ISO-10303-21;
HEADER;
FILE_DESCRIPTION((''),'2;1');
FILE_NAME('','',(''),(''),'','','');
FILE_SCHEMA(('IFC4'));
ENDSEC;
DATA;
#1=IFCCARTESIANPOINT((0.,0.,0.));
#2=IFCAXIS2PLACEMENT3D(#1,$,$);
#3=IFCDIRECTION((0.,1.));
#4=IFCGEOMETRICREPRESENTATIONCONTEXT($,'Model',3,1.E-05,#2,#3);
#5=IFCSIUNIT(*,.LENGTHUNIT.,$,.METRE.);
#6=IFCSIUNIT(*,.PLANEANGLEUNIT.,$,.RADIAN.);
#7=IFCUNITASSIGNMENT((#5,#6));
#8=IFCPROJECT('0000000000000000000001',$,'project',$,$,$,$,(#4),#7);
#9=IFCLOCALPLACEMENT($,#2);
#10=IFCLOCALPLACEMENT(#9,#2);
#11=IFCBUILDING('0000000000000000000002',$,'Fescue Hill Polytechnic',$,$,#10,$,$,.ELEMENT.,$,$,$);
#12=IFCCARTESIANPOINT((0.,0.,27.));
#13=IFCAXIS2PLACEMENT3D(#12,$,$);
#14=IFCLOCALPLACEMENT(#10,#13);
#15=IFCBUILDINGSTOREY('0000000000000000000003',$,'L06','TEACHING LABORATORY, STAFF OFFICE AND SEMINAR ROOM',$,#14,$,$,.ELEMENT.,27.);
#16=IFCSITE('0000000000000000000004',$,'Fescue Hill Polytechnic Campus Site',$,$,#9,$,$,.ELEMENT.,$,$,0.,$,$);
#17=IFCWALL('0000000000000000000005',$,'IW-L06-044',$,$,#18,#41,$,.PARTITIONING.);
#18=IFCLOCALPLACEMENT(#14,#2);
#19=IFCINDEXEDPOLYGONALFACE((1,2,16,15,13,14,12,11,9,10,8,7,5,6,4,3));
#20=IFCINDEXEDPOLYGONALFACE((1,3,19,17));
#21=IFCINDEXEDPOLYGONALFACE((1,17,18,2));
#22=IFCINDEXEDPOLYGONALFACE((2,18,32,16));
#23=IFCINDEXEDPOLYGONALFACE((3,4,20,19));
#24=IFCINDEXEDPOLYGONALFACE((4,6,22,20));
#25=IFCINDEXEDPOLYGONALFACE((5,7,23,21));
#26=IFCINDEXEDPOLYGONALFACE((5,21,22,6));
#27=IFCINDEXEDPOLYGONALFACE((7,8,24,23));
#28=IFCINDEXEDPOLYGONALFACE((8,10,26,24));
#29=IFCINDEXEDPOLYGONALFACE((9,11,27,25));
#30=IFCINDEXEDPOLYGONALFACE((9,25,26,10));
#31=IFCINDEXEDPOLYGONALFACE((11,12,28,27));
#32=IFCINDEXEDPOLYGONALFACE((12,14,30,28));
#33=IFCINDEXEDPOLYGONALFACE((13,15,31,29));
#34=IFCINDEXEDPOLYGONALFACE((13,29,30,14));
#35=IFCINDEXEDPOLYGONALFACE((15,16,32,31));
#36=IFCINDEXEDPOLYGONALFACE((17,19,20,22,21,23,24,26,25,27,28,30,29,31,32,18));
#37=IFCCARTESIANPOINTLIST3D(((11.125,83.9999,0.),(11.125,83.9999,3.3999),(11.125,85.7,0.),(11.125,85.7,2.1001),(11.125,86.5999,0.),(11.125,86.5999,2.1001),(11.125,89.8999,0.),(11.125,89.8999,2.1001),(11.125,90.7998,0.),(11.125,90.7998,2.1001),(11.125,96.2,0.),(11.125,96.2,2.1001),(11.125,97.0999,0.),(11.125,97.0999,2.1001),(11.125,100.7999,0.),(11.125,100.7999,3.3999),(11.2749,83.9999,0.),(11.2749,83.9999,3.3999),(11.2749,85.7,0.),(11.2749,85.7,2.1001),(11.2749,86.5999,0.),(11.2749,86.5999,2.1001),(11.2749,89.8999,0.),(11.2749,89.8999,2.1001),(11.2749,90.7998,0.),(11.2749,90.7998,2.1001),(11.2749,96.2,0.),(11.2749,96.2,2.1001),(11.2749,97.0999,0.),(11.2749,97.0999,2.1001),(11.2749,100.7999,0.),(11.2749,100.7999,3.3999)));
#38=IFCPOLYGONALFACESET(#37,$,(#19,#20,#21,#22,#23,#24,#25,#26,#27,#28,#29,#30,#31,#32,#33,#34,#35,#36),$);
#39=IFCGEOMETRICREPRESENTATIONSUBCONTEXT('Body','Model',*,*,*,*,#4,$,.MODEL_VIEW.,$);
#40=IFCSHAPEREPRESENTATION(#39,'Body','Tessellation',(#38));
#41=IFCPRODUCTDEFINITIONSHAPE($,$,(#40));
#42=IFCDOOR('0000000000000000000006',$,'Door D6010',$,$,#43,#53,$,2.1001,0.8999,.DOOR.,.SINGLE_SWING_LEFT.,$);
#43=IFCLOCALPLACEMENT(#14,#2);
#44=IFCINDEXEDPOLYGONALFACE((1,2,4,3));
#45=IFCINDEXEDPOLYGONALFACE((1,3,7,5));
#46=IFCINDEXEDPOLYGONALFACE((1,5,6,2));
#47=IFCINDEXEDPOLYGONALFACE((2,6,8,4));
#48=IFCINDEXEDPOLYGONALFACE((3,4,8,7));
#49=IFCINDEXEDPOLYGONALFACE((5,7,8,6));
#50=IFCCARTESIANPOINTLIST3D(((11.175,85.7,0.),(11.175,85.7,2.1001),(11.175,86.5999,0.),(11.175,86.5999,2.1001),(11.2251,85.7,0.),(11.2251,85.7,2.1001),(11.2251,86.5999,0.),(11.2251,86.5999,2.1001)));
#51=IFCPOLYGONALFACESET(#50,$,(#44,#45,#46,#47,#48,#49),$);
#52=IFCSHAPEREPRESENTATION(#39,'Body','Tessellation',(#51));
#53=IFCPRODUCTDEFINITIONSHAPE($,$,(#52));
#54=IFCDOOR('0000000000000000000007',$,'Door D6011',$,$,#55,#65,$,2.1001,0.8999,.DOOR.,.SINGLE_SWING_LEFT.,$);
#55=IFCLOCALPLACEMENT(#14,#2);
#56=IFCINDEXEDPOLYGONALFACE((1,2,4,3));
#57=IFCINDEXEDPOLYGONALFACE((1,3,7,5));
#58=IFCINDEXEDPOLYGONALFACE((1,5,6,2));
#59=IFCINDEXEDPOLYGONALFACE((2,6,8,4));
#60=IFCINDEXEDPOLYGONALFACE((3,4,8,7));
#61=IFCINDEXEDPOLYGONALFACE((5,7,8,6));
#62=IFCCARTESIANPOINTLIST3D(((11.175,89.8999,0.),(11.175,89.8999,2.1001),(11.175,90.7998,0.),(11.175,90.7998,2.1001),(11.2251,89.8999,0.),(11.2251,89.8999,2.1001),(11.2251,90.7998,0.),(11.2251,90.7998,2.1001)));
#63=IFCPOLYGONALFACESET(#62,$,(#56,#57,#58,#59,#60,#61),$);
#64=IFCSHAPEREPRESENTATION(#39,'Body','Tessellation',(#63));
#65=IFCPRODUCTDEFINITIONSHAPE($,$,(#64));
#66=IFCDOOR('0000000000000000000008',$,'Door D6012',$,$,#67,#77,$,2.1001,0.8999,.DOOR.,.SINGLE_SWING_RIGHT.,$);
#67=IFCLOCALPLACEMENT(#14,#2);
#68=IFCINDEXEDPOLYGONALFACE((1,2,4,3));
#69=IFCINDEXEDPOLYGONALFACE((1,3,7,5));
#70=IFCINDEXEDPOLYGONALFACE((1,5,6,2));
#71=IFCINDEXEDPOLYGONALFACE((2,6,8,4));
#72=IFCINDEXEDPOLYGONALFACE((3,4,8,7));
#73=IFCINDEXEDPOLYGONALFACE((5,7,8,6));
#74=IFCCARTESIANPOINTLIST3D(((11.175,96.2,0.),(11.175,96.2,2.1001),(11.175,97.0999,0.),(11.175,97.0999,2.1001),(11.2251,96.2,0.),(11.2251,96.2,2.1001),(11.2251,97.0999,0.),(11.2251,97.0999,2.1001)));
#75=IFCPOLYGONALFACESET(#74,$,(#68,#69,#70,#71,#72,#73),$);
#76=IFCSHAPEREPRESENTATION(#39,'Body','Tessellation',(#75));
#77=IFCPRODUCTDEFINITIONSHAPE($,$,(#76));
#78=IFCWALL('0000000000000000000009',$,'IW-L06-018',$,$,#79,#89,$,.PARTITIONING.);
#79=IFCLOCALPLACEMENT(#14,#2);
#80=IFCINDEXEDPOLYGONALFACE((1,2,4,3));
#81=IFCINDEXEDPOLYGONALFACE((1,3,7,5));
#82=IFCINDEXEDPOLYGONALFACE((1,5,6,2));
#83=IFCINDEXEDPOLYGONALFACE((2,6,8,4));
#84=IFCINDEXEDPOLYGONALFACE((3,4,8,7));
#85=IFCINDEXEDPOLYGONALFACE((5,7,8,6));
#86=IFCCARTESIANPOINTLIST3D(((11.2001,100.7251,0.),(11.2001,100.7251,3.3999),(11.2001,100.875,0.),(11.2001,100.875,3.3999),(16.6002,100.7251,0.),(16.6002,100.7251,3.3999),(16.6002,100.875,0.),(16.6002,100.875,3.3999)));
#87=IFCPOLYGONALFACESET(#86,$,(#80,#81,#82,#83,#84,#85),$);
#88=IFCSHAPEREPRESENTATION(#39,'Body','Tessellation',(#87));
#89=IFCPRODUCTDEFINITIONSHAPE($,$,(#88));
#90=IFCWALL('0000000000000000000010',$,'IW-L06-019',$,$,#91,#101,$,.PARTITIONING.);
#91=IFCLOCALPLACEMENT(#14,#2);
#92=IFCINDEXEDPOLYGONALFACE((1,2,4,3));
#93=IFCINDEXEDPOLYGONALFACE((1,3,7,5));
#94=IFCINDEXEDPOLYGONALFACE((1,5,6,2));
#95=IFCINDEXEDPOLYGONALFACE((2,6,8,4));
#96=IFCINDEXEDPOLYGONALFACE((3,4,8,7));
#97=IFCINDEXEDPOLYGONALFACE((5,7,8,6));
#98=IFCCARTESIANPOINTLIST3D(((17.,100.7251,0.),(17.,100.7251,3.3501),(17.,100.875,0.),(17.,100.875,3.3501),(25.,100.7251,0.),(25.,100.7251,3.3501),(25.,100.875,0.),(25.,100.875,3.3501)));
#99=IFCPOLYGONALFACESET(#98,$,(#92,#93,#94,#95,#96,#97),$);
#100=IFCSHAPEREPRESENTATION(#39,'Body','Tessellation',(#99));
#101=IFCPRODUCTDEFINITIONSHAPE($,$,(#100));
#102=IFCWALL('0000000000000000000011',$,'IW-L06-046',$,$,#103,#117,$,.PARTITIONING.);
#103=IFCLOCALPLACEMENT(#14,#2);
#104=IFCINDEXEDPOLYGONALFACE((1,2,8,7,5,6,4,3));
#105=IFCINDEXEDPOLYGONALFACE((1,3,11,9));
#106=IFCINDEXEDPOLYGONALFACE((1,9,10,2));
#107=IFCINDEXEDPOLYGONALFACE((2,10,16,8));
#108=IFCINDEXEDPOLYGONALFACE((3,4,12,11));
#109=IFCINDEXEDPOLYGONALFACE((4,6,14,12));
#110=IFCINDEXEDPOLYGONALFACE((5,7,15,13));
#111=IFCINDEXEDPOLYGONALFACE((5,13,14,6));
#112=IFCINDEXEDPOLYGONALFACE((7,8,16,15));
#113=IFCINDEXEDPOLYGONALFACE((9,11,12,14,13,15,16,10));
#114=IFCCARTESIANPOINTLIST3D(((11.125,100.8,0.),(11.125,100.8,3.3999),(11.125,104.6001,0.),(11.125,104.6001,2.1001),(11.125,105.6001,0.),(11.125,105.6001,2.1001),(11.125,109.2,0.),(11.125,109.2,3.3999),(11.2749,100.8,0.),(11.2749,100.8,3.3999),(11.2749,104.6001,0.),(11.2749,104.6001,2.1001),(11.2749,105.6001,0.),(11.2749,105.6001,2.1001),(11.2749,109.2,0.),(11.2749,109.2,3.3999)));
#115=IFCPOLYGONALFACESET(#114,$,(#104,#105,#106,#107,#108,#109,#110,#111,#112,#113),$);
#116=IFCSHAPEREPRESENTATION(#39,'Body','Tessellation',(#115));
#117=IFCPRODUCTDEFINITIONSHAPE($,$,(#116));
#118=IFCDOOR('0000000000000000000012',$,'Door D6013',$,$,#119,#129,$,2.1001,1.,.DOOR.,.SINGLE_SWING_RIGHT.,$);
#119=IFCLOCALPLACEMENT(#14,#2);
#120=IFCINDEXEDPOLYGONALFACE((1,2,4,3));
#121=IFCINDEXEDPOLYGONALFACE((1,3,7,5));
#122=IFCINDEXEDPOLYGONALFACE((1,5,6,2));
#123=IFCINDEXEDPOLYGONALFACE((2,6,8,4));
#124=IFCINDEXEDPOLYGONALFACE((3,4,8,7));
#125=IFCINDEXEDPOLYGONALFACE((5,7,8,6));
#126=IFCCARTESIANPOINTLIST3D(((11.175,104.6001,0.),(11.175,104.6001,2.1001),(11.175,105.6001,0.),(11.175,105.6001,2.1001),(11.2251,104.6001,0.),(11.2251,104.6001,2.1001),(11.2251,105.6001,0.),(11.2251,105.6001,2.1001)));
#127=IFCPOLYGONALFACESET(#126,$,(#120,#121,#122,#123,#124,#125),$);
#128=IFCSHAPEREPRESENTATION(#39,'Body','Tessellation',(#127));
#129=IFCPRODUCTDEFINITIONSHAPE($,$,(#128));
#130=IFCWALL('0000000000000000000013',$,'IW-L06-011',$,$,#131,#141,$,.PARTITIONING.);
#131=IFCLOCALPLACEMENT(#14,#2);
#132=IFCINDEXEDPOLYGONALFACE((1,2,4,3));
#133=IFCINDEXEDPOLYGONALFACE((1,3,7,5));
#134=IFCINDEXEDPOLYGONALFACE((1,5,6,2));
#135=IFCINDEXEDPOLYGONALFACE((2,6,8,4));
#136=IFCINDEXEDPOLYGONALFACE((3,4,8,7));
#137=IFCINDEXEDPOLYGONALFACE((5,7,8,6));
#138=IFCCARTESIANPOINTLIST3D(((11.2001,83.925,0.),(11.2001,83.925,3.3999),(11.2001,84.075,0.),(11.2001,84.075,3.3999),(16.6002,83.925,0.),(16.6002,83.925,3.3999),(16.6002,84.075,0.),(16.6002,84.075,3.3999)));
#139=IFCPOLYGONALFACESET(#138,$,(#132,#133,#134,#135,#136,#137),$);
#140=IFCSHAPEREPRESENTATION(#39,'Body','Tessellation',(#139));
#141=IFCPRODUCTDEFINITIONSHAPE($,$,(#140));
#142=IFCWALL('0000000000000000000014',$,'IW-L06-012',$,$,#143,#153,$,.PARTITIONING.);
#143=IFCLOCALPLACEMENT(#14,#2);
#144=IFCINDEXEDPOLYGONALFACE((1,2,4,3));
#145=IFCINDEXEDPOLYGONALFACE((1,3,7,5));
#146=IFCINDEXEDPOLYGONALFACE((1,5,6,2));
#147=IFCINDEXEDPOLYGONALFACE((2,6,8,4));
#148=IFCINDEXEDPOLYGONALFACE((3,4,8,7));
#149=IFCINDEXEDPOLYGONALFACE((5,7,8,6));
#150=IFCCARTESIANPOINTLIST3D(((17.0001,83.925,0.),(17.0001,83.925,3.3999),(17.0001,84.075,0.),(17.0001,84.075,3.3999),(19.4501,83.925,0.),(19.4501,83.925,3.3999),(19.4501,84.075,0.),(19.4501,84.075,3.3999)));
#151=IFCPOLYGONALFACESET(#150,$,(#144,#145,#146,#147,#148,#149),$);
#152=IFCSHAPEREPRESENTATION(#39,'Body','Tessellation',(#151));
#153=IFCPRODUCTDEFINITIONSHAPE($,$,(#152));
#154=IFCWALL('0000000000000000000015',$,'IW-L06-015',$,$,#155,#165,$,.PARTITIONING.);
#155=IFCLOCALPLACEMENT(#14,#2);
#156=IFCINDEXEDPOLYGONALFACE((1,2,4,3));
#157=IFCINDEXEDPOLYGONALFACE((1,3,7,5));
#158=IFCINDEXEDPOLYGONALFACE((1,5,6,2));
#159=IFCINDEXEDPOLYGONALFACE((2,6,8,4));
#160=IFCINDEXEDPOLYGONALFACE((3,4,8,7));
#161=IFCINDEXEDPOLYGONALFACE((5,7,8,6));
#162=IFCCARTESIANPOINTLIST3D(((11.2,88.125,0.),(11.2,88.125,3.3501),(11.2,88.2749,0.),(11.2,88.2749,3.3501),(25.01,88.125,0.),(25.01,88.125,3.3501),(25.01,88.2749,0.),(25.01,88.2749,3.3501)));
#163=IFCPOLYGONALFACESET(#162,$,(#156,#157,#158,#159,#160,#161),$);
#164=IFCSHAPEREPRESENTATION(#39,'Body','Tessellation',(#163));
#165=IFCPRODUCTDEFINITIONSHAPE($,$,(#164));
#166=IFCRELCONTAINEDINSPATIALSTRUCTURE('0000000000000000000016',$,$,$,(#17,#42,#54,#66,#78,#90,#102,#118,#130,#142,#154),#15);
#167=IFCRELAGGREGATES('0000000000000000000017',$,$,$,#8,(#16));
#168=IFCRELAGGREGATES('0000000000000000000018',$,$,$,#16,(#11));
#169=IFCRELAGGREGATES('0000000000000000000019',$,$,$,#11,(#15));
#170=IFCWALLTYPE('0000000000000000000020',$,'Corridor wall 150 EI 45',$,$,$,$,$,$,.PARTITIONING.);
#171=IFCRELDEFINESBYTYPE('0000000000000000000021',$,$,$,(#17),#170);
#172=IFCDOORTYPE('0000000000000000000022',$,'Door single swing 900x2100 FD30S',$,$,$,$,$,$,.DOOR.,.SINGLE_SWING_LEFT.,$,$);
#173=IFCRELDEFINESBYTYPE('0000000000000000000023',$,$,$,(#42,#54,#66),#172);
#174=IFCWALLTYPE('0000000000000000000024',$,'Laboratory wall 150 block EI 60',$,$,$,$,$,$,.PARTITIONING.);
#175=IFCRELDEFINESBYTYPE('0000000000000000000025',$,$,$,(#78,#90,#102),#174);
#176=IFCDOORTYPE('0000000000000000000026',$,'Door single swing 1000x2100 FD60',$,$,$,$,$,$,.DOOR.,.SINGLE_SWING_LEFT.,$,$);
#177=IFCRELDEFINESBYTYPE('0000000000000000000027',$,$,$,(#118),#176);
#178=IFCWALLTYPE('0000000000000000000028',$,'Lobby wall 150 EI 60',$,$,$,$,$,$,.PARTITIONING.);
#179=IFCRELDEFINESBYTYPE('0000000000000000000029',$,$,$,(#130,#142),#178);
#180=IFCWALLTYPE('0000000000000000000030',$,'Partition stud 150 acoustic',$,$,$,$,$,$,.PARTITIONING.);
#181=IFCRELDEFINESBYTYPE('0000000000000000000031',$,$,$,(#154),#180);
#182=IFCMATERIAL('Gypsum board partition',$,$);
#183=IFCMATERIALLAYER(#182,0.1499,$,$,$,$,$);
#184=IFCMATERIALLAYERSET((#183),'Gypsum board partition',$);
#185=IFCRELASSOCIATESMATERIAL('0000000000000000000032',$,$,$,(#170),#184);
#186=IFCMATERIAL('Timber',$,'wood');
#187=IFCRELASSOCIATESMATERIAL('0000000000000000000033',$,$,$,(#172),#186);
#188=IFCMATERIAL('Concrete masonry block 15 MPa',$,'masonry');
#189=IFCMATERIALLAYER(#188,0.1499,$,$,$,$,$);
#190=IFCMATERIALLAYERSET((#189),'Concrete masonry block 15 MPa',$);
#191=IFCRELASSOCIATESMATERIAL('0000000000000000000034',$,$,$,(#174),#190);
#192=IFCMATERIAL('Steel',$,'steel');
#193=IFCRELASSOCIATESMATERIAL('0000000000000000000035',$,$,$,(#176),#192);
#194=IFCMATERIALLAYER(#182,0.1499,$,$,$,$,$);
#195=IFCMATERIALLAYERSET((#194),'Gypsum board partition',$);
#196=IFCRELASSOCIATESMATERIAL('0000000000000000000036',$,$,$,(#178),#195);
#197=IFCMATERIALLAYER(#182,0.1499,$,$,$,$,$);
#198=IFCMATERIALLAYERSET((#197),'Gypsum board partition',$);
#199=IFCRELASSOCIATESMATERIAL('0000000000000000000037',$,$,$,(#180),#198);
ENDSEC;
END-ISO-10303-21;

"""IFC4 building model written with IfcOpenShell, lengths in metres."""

from ifc_helpers import new_model, si_unit, direction, frame, frame_2d, origin, place, context, subcontext, project, spatial, rectangle, extrude, material, layer, layer_set, type_object, element, fill, save


model = new_model("IFC4")

# Units and contexts
model_context = context("Model", 3, precision=1e-05, world=origin(), true_north=direction((0.0, 1.0)))
body_context = subcontext(model_context, "Body", "Model", "MODEL_VIEW")
ifc_project = project(units=[si_unit("LENGTHUNIT", "METRE"), si_unit("PLANEANGLEUNIT", "RADIAN")], contexts=[model_context])

# Site, building, storey
site_placement = place(None, origin())
site = spatial("IfcSite", under=ifc_project, at=site_placement, Name="Fescue Hill Polytechnic Campus Site", CompositionType="ELEMENT", RefElevation=0.0)
building_placement = place(site_placement, origin())
building = spatial("IfcBuilding", under=site, at=building_placement, Name="Fescue Hill Polytechnic", CompositionType="ELEMENT")
storey_placement = place(building_placement, frame((0.0, 0.0, 27.0)))
storey = spatial("IfcBuildingStorey", under=building, at=storey_placement, Name="L06", Description="TEACHING LABORATORY, STAFF OFFICE AND SEMINAR ROOM", CompositionType="ELEMENT", Elevation=27.0)

# Wall, openings, doors
ifc_material_1 = material(Name="Gypsum board partition")
ifc_layer_1 = layer(ifc_material_1, 0.1499)
ifc_layer_set_1 = layer_set([ifc_layer_1], Name="Gypsum board partition")
wall_type_1 = type_object("IfcWallType", Name="Corridor wall 150 EI 45", PredefinedType="PARTITIONING", material=ifc_layer_set_1)
wall_1_placement = place(storey_placement, frame((11.2, 84.0, 0.0), z_axis=(0.0, 0.0, 1.0), x_axis=(0.0, 1.0, 0.0)))
wall_1 = element("IfcWall", 1, at=wall_1_placement, inside=storey, type_object=wall_type_1, Name="IW-L06-044", PredefinedType="PARTITIONING", context=body_context, shape_type="SweptSolid", body=[
    extrude(rectangle(XDim=16.8, YDim=0.1499, at=frame_2d((8.3999, 0.0))), origin(), (0.0, 0.0, 1.0), 3.3999),
])
opening_1_placement = place(wall_1_placement, frame((1.7, 0.0, 0.0)))
opening_1 = element("IfcOpeningElement", 2, at=opening_1_placement, cuts=wall_1, PredefinedType="OPENING", context=body_context, shape_type="SweptSolid", body=[
    extrude(rectangle(XDim=0.8999, YDim=2.1001, at=frame_2d((0.45, 1.05))), frame((0.0, 0.085, 0.0), z_axis=(0.0, -1.0, 0.0), x_axis=(1.0, 0.0, 0.0)), (0.0, 0.0, 1.0), 0.1699),
])
opening_2_placement = place(wall_1_placement, frame((5.8999, 0.0, 0.0)))
opening_2 = element("IfcOpeningElement", 3, at=opening_2_placement, cuts=wall_1, PredefinedType="OPENING", context=body_context, shape_type="SweptSolid", body=[
    extrude(rectangle(XDim=0.8999, YDim=2.1001, at=frame_2d((0.45, 1.05))), frame((0.0, 0.085, 0.0), z_axis=(0.0, -1.0, 0.0), x_axis=(1.0, 0.0, 0.0)), (0.0, 0.0, 1.0), 0.1699),
])
opening_3_placement = place(wall_1_placement, frame((12.2, 0.0, 0.0)))
opening_3 = element("IfcOpeningElement", 4, at=opening_3_placement, cuts=wall_1, PredefinedType="OPENING", context=body_context, shape_type="SweptSolid", body=[
    extrude(rectangle(XDim=0.8999, YDim=2.1001, at=frame_2d((0.45, 1.05))), frame((0.0, 0.085, 0.0), z_axis=(0.0, -1.0, 0.0), x_axis=(1.0, 0.0, 0.0)), (0.0, 0.0, 1.0), 0.1699),
])
ifc_material_2 = material(Name="Timber", Category="wood")
door_type_1 = type_object("IfcDoorType", Name="Door single swing 900x2100 FD30S", OperationType="SINGLE_SWING_LEFT", PredefinedType="DOOR", material=ifc_material_2)
door_1_placement = place(opening_1_placement, origin())
door_1 = element("IfcDoor", 5, at=door_1_placement, inside=storey, type_object=door_type_1, Name="Door D6010", OperationType="SINGLE_SWING_LEFT", OverallHeight=2.1001, OverallWidth=0.8999, PredefinedType="DOOR", context=body_context, shape_type="SweptSolid", body=[
    extrude(rectangle(XDim=0.8999, YDim=2.1001, at=frame_2d((0.45, 1.05))), frame((0.0, 0.0249, 0.0), z_axis=(0.0, -1.0, 0.0), x_axis=(1.0, 0.0, 0.0)), (0.0, 0.0, 1.0), 0.05),
])
fill(opening_1, door_1)
door_2_placement = place(opening_2_placement, origin())
door_2 = element("IfcDoor", 6, at=door_2_placement, inside=storey, type_object=door_type_1, Name="Door D6011", OperationType="SINGLE_SWING_LEFT", OverallHeight=2.1001, OverallWidth=0.8999, PredefinedType="DOOR", context=body_context, shape_type="SweptSolid", body=[
    extrude(rectangle(XDim=0.8999, YDim=2.1001, at=frame_2d((0.45, 1.05))), frame((0.0, 0.0249, 0.0), z_axis=(0.0, -1.0, 0.0), x_axis=(1.0, 0.0, 0.0)), (0.0, 0.0, 1.0), 0.05),
])
fill(opening_2, door_2)
door_3_placement = place(opening_3_placement, origin())
door_3 = element("IfcDoor", 7, at=door_3_placement, inside=storey, type_object=door_type_1, Name="Door D6012", OperationType="SINGLE_SWING_RIGHT", OverallHeight=2.1001, OverallWidth=0.8999, PredefinedType="DOOR", context=body_context, shape_type="SweptSolid", body=[
    extrude(rectangle(XDim=0.8999, YDim=2.1001, at=frame_2d((0.45, 1.05))), frame((0.0, 0.0249, 0.0), z_axis=(0.0, -1.0, 0.0), x_axis=(1.0, 0.0, 0.0)), (0.0, 0.0, 1.0), 0.05),
])
fill(opening_3, door_3)

# Walls
ifc_material_3 = material(Name="Concrete masonry block 15 MPa", Category="masonry")
ifc_layer_2 = layer(ifc_material_3, 0.1499)
ifc_layer_set_2 = layer_set([ifc_layer_2], Name="Concrete masonry block 15 MPa")
wall_type_2 = type_object("IfcWallType", Name="Laboratory wall 150 block EI 60", PredefinedType="PARTITIONING", material=ifc_layer_set_2)
wall_2_placement = place(storey_placement, frame((11.2, 100.8, 0.0), z_axis=(0.0, 0.0, 1.0), x_axis=(1.0, 0.0, 0.0)))
element("IfcWall", 8, at=wall_2_placement, inside=storey, type_object=wall_type_2, Name="IW-L06-018", PredefinedType="PARTITIONING", context=body_context, shape_type="SweptSolid", body=[
    extrude(rectangle(XDim=5.4001, YDim=0.1499, at=frame_2d((2.7002, 0.0))), origin(), (0.0, 0.0, 1.0), 3.3999),
])
wall_3_placement = place(storey_placement, frame((17.0, 100.8, 0.0), z_axis=(0.0, 0.0, 1.0), x_axis=(1.0, 0.0, 0.0)))
element("IfcWall", 9, at=wall_3_placement, inside=storey, type_object=wall_type_2, Name="IW-L06-019", PredefinedType="PARTITIONING", context=body_context, shape_type="SweptSolid", body=[
    extrude(rectangle(XDim=8.0, YDim=0.1499, at=frame_2d((4.0, 0.0))), origin(), (0.0, 0.0, 1.0), 3.3501),
])

# Wall, opening, door
wall_4_placement = place(storey_placement, frame((11.2, 100.8, 0.0), z_axis=(0.0, 0.0, 1.0), x_axis=(0.0, 1.0, 0.0)))
wall_4 = element("IfcWall", 10, at=wall_4_placement, inside=storey, type_object=wall_type_2, Name="IW-L06-046", PredefinedType="PARTITIONING", context=body_context, shape_type="SweptSolid", body=[
    extrude(rectangle(XDim=8.3999, YDim=0.1499, at=frame_2d((4.2, 0.0))), origin(), (0.0, 0.0, 1.0), 3.3999),
])
opening_4_placement = place(wall_4_placement, frame((3.8, 0.0, 0.0)))
opening_4 = element("IfcOpeningElement", 11, at=opening_4_placement, cuts=wall_4, PredefinedType="OPENING", context=body_context, shape_type="SweptSolid", body=[
    extrude(rectangle(XDim=1.0, YDim=2.1001, at=frame_2d((0.5, 1.05))), frame((0.0, 0.085, 0.0), z_axis=(0.0, -1.0, 0.0), x_axis=(1.0, 0.0, 0.0)), (0.0, 0.0, 1.0), 0.1699),
])
ifc_material_4 = material(Name="Steel", Category="steel")
door_type_2 = type_object("IfcDoorType", Name="Door single swing 1000x2100 FD60", OperationType="SINGLE_SWING_LEFT", PredefinedType="DOOR", material=ifc_material_4)
door_4_placement = place(opening_4_placement, origin())
door_4 = element("IfcDoor", 12, at=door_4_placement, inside=storey, type_object=door_type_2, Name="Door D6013", OperationType="SINGLE_SWING_RIGHT", OverallHeight=2.1001, OverallWidth=1.0, PredefinedType="DOOR", context=body_context, shape_type="SweptSolid", body=[
    extrude(rectangle(XDim=1.0, YDim=2.1001, at=frame_2d((0.5, 1.05))), frame((0.0, 0.0249, 0.0), z_axis=(0.0, -1.0, 0.0), x_axis=(1.0, 0.0, 0.0)), (0.0, 0.0, 1.0), 0.05),
])
fill(opening_4, door_4)

# Walls
ifc_layer_3 = layer(ifc_material_1, 0.1499)
ifc_layer_set_3 = layer_set([ifc_layer_3], Name="Gypsum board partition")
wall_type_3 = type_object("IfcWallType", Name="Lobby wall 150 EI 60", PredefinedType="PARTITIONING", material=ifc_layer_set_3)
wall_5_placement = place(storey_placement, frame((11.2, 84.0, 0.0), z_axis=(0.0, 0.0, 1.0), x_axis=(1.0, 0.0, 0.0)))
element("IfcWall", 13, at=wall_5_placement, inside=storey, type_object=wall_type_3, Name="IW-L06-011", PredefinedType="PARTITIONING", context=body_context, shape_type="SweptSolid", body=[
    extrude(rectangle(XDim=5.4001, YDim=0.1499, at=frame_2d((2.7002, 0.0))), origin(), (0.0, 0.0, 1.0), 3.3999),
])
wall_6_placement = place(storey_placement, frame((17.0, 84.0, 0.0), z_axis=(0.0, 0.0, 1.0), x_axis=(1.0, 0.0, 0.0)))
element("IfcWall", 14, at=wall_6_placement, inside=storey, type_object=wall_type_3, Name="IW-L06-012", PredefinedType="PARTITIONING", context=body_context, shape_type="SweptSolid", body=[
    extrude(rectangle(XDim=2.45, YDim=0.1499, at=frame_2d((1.2251, 0.0))), origin(), (0.0, 0.0, 1.0), 3.3999),
])
ifc_layer_4 = layer(ifc_material_1, 0.1499)
ifc_layer_set_4 = layer_set([ifc_layer_4], Name="Gypsum board partition")
wall_type_4 = type_object("IfcWallType", Name="Partition stud 150 acoustic", PredefinedType="PARTITIONING", material=ifc_layer_set_4)
wall_7_placement = place(storey_placement, frame((11.2, 88.2, 0.0), z_axis=(0.0, 0.0, 1.0), x_axis=(1.0, 0.0, 0.0)))
element("IfcWall", 15, at=wall_7_placement, inside=storey, type_object=wall_type_4, Name="IW-L06-015", PredefinedType="PARTITIONING", context=body_context, shape_type="SweptSolid", body=[
    extrude(rectangle(XDim=13.8101, YDim=0.1499, at=frame_2d((6.905, 0.0))), origin(), (0.0, 0.0, 1.0), 3.3501),
])

save(model, "model.ifc")
